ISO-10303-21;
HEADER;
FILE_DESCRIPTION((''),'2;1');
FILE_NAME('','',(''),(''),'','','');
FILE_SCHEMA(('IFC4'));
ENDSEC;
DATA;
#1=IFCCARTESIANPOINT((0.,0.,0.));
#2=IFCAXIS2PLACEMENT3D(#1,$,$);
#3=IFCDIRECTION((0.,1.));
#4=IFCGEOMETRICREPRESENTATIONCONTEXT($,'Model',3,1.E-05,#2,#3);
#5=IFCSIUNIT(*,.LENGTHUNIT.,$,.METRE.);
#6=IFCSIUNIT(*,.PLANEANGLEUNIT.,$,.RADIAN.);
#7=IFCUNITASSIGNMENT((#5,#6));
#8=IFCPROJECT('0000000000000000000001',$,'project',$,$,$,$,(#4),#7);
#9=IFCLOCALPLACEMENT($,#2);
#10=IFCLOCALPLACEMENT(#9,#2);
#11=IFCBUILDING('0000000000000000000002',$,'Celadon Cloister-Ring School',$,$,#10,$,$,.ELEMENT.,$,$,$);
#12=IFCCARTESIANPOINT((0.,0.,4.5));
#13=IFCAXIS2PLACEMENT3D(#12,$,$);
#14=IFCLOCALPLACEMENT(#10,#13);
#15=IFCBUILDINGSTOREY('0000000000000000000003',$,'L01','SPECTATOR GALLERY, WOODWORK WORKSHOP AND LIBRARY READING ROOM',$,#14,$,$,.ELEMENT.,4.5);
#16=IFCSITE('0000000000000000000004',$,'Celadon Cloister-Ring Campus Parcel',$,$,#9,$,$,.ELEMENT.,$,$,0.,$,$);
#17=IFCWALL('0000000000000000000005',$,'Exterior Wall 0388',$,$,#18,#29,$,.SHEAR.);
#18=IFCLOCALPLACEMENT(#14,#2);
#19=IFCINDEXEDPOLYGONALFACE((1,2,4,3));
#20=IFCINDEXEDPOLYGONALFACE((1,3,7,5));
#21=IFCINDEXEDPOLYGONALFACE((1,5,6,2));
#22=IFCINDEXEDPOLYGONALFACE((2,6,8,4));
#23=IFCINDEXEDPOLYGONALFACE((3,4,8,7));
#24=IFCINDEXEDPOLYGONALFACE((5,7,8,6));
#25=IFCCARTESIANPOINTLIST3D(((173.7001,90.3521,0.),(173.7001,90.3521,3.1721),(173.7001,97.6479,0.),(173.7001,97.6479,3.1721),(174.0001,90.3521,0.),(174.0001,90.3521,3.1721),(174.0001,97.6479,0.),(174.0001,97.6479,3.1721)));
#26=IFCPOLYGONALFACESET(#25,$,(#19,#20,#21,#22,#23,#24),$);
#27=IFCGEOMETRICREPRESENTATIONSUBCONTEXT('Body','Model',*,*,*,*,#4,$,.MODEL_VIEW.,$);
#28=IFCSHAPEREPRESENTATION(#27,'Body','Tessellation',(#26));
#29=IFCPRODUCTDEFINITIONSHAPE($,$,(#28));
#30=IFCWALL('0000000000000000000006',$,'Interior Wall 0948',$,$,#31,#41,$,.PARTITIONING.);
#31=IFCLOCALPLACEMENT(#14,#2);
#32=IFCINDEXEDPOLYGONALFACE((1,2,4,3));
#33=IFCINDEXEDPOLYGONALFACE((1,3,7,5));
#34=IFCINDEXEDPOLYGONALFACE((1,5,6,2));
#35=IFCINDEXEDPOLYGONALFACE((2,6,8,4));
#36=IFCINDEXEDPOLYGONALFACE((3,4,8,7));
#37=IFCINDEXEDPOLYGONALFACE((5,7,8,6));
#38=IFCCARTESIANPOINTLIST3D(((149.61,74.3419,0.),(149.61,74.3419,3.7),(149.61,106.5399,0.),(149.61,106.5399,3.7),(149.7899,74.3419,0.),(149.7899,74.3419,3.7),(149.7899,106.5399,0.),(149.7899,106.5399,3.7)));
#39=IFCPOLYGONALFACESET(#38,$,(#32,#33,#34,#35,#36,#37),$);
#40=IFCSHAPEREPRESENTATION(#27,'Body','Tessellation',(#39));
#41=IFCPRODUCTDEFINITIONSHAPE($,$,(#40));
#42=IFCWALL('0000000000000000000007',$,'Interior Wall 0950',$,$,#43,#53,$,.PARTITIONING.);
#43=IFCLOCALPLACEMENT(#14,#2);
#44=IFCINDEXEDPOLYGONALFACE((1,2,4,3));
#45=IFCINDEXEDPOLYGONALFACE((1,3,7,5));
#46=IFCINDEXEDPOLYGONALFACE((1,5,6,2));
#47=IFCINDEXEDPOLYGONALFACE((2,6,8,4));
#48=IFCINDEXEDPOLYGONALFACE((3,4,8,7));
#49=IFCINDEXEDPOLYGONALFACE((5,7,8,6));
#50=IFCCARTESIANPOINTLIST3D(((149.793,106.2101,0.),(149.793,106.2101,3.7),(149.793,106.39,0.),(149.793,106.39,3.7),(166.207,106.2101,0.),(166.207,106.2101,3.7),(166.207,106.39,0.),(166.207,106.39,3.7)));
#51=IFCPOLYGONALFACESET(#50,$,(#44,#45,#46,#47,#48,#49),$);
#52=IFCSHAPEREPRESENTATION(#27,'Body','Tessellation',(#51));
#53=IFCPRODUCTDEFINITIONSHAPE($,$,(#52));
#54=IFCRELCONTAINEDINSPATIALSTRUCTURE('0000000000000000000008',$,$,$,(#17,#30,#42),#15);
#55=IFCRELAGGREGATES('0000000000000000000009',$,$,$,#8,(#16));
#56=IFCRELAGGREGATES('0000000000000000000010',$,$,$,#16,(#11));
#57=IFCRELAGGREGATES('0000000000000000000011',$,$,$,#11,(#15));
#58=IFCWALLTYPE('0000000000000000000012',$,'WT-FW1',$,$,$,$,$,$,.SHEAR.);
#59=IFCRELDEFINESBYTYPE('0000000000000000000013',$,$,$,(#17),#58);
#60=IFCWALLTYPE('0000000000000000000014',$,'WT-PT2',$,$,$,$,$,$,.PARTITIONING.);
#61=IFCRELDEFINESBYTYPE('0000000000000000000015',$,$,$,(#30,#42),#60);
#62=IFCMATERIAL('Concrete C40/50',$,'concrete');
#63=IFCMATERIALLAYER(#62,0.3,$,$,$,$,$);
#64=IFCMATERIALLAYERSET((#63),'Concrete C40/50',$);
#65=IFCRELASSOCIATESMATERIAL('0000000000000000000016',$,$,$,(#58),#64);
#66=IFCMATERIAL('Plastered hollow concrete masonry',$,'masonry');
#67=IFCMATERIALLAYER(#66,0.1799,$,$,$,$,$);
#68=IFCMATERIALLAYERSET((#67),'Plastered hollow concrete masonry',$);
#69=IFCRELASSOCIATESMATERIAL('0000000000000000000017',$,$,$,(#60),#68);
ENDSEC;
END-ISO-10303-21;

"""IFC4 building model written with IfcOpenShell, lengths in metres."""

from ifc_helpers import new_model, si_unit, direction, frame, frame_2d, origin, place, context, subcontext, project, spatial, rectangle, extrude, material, layer, layer_set, type_object, element, save


model = new_model("IFC4")

# Units and contexts
model_context = context("Model", 3, precision=1e-05, world=origin(), true_north=direction((0.0, 1.0)))
body_context = subcontext(model_context, "Body", "Model", "MODEL_VIEW")
ifc_project = project(units=[si_unit("LENGTHUNIT", "METRE"), si_unit("PLANEANGLEUNIT", "RADIAN")], contexts=[model_context])

# Site, building, storey
site_placement = place(None, origin())
site = spatial("IfcSite", under=ifc_project, at=site_placement, Name="Celadon Cloister-Ring Campus Parcel", CompositionType="ELEMENT", RefElevation=0.0)
building_placement = place(site_placement, origin())
building = spatial("IfcBuilding", under=site, at=building_placement, Name="Celadon Cloister-Ring School", CompositionType="ELEMENT")
storey_placement = place(building_placement, frame((0.0, 0.0, 4.5)))
storey = spatial("IfcBuildingStorey", under=building, at=storey_placement, Name="L01", Description="SPECTATOR GALLERY, WOODWORK WORKSHOP AND LIBRARY READING ROOM", CompositionType="ELEMENT", Elevation=4.5)

# Walls
ifc_material_1 = material(Name="Concrete C40/50", Category="concrete")
ifc_layer_1 = layer(ifc_material_1, 0.3)
ifc_layer_set_1 = layer_set([ifc_layer_1], Name="Concrete C40/50")
wall_type_1 = type_object("IfcWallType", Name="WT-FW1", PredefinedType="SHEAR", material=ifc_layer_set_1)
for number, where, z_axis, x_axis, name in (
    (1, (173.8501, 97.6479, 0.0), (0.0, 0.0, 1.0), (0.0, -1.0, 0.0), "Exterior Wall 0388"),
):
    element("IfcWall", number, at=place(storey_placement, frame(where, z_axis=z_axis, x_axis=x_axis)), inside=storey, type_object=wall_type_1, Name=name, PredefinedType="SHEAR", context=body_context, shape_type="SweptSolid", body=[
        extrude(rectangle(XDim=7.2959, YDim=0.3, at=frame_2d((3.6479, 0.0))), origin(), (0.0, 0.0, 1.0), 3.1721),
    ])
ifc_material_2 = material(Name="Plastered hollow concrete masonry", Category="masonry")
ifc_layer_2 = layer(ifc_material_2, 0.1799)
ifc_layer_set_2 = layer_set([ifc_layer_2], Name="Plastered hollow concrete masonry")
wall_type_2 = type_object("IfcWallType", Name="WT-PT2", PredefinedType="PARTITIONING", material=ifc_layer_set_2)
wall_1_placement = place(storey_placement, frame((149.7, 106.54, 0.0), z_axis=(0.0, 0.0, 1.0), x_axis=(0.0, -1.0, 0.0)))
element("IfcWall", 2, at=wall_1_placement, inside=storey, type_object=wall_type_2, Name="Interior Wall 0948", PredefinedType="PARTITIONING", context=body_context, shape_type="SweptSolid", body=[
    extrude(rectangle(XDim=32.198, YDim=0.1799, at=frame_2d((16.0991, 0.0))), origin(), (0.0, 0.0, 1.0), 3.7),
])
wall_2_placement = place(storey_placement, frame((166.207, 106.3, 0.0), z_axis=(0.0, 0.0, 1.0), x_axis=(-1.0, 0.0, 0.0)))
element("IfcWall", 3, at=wall_2_placement, inside=storey, type_object=wall_type_2, Name="Interior Wall 0950", PredefinedType="PARTITIONING", context=body_context, shape_type="SweptSolid", body=[
    extrude(rectangle(XDim=16.4141, YDim=0.1799, at=frame_2d((8.207, 0.0))), origin(), (0.0, 0.0, 1.0), 3.7),
])

save(model, "model.ifc")
